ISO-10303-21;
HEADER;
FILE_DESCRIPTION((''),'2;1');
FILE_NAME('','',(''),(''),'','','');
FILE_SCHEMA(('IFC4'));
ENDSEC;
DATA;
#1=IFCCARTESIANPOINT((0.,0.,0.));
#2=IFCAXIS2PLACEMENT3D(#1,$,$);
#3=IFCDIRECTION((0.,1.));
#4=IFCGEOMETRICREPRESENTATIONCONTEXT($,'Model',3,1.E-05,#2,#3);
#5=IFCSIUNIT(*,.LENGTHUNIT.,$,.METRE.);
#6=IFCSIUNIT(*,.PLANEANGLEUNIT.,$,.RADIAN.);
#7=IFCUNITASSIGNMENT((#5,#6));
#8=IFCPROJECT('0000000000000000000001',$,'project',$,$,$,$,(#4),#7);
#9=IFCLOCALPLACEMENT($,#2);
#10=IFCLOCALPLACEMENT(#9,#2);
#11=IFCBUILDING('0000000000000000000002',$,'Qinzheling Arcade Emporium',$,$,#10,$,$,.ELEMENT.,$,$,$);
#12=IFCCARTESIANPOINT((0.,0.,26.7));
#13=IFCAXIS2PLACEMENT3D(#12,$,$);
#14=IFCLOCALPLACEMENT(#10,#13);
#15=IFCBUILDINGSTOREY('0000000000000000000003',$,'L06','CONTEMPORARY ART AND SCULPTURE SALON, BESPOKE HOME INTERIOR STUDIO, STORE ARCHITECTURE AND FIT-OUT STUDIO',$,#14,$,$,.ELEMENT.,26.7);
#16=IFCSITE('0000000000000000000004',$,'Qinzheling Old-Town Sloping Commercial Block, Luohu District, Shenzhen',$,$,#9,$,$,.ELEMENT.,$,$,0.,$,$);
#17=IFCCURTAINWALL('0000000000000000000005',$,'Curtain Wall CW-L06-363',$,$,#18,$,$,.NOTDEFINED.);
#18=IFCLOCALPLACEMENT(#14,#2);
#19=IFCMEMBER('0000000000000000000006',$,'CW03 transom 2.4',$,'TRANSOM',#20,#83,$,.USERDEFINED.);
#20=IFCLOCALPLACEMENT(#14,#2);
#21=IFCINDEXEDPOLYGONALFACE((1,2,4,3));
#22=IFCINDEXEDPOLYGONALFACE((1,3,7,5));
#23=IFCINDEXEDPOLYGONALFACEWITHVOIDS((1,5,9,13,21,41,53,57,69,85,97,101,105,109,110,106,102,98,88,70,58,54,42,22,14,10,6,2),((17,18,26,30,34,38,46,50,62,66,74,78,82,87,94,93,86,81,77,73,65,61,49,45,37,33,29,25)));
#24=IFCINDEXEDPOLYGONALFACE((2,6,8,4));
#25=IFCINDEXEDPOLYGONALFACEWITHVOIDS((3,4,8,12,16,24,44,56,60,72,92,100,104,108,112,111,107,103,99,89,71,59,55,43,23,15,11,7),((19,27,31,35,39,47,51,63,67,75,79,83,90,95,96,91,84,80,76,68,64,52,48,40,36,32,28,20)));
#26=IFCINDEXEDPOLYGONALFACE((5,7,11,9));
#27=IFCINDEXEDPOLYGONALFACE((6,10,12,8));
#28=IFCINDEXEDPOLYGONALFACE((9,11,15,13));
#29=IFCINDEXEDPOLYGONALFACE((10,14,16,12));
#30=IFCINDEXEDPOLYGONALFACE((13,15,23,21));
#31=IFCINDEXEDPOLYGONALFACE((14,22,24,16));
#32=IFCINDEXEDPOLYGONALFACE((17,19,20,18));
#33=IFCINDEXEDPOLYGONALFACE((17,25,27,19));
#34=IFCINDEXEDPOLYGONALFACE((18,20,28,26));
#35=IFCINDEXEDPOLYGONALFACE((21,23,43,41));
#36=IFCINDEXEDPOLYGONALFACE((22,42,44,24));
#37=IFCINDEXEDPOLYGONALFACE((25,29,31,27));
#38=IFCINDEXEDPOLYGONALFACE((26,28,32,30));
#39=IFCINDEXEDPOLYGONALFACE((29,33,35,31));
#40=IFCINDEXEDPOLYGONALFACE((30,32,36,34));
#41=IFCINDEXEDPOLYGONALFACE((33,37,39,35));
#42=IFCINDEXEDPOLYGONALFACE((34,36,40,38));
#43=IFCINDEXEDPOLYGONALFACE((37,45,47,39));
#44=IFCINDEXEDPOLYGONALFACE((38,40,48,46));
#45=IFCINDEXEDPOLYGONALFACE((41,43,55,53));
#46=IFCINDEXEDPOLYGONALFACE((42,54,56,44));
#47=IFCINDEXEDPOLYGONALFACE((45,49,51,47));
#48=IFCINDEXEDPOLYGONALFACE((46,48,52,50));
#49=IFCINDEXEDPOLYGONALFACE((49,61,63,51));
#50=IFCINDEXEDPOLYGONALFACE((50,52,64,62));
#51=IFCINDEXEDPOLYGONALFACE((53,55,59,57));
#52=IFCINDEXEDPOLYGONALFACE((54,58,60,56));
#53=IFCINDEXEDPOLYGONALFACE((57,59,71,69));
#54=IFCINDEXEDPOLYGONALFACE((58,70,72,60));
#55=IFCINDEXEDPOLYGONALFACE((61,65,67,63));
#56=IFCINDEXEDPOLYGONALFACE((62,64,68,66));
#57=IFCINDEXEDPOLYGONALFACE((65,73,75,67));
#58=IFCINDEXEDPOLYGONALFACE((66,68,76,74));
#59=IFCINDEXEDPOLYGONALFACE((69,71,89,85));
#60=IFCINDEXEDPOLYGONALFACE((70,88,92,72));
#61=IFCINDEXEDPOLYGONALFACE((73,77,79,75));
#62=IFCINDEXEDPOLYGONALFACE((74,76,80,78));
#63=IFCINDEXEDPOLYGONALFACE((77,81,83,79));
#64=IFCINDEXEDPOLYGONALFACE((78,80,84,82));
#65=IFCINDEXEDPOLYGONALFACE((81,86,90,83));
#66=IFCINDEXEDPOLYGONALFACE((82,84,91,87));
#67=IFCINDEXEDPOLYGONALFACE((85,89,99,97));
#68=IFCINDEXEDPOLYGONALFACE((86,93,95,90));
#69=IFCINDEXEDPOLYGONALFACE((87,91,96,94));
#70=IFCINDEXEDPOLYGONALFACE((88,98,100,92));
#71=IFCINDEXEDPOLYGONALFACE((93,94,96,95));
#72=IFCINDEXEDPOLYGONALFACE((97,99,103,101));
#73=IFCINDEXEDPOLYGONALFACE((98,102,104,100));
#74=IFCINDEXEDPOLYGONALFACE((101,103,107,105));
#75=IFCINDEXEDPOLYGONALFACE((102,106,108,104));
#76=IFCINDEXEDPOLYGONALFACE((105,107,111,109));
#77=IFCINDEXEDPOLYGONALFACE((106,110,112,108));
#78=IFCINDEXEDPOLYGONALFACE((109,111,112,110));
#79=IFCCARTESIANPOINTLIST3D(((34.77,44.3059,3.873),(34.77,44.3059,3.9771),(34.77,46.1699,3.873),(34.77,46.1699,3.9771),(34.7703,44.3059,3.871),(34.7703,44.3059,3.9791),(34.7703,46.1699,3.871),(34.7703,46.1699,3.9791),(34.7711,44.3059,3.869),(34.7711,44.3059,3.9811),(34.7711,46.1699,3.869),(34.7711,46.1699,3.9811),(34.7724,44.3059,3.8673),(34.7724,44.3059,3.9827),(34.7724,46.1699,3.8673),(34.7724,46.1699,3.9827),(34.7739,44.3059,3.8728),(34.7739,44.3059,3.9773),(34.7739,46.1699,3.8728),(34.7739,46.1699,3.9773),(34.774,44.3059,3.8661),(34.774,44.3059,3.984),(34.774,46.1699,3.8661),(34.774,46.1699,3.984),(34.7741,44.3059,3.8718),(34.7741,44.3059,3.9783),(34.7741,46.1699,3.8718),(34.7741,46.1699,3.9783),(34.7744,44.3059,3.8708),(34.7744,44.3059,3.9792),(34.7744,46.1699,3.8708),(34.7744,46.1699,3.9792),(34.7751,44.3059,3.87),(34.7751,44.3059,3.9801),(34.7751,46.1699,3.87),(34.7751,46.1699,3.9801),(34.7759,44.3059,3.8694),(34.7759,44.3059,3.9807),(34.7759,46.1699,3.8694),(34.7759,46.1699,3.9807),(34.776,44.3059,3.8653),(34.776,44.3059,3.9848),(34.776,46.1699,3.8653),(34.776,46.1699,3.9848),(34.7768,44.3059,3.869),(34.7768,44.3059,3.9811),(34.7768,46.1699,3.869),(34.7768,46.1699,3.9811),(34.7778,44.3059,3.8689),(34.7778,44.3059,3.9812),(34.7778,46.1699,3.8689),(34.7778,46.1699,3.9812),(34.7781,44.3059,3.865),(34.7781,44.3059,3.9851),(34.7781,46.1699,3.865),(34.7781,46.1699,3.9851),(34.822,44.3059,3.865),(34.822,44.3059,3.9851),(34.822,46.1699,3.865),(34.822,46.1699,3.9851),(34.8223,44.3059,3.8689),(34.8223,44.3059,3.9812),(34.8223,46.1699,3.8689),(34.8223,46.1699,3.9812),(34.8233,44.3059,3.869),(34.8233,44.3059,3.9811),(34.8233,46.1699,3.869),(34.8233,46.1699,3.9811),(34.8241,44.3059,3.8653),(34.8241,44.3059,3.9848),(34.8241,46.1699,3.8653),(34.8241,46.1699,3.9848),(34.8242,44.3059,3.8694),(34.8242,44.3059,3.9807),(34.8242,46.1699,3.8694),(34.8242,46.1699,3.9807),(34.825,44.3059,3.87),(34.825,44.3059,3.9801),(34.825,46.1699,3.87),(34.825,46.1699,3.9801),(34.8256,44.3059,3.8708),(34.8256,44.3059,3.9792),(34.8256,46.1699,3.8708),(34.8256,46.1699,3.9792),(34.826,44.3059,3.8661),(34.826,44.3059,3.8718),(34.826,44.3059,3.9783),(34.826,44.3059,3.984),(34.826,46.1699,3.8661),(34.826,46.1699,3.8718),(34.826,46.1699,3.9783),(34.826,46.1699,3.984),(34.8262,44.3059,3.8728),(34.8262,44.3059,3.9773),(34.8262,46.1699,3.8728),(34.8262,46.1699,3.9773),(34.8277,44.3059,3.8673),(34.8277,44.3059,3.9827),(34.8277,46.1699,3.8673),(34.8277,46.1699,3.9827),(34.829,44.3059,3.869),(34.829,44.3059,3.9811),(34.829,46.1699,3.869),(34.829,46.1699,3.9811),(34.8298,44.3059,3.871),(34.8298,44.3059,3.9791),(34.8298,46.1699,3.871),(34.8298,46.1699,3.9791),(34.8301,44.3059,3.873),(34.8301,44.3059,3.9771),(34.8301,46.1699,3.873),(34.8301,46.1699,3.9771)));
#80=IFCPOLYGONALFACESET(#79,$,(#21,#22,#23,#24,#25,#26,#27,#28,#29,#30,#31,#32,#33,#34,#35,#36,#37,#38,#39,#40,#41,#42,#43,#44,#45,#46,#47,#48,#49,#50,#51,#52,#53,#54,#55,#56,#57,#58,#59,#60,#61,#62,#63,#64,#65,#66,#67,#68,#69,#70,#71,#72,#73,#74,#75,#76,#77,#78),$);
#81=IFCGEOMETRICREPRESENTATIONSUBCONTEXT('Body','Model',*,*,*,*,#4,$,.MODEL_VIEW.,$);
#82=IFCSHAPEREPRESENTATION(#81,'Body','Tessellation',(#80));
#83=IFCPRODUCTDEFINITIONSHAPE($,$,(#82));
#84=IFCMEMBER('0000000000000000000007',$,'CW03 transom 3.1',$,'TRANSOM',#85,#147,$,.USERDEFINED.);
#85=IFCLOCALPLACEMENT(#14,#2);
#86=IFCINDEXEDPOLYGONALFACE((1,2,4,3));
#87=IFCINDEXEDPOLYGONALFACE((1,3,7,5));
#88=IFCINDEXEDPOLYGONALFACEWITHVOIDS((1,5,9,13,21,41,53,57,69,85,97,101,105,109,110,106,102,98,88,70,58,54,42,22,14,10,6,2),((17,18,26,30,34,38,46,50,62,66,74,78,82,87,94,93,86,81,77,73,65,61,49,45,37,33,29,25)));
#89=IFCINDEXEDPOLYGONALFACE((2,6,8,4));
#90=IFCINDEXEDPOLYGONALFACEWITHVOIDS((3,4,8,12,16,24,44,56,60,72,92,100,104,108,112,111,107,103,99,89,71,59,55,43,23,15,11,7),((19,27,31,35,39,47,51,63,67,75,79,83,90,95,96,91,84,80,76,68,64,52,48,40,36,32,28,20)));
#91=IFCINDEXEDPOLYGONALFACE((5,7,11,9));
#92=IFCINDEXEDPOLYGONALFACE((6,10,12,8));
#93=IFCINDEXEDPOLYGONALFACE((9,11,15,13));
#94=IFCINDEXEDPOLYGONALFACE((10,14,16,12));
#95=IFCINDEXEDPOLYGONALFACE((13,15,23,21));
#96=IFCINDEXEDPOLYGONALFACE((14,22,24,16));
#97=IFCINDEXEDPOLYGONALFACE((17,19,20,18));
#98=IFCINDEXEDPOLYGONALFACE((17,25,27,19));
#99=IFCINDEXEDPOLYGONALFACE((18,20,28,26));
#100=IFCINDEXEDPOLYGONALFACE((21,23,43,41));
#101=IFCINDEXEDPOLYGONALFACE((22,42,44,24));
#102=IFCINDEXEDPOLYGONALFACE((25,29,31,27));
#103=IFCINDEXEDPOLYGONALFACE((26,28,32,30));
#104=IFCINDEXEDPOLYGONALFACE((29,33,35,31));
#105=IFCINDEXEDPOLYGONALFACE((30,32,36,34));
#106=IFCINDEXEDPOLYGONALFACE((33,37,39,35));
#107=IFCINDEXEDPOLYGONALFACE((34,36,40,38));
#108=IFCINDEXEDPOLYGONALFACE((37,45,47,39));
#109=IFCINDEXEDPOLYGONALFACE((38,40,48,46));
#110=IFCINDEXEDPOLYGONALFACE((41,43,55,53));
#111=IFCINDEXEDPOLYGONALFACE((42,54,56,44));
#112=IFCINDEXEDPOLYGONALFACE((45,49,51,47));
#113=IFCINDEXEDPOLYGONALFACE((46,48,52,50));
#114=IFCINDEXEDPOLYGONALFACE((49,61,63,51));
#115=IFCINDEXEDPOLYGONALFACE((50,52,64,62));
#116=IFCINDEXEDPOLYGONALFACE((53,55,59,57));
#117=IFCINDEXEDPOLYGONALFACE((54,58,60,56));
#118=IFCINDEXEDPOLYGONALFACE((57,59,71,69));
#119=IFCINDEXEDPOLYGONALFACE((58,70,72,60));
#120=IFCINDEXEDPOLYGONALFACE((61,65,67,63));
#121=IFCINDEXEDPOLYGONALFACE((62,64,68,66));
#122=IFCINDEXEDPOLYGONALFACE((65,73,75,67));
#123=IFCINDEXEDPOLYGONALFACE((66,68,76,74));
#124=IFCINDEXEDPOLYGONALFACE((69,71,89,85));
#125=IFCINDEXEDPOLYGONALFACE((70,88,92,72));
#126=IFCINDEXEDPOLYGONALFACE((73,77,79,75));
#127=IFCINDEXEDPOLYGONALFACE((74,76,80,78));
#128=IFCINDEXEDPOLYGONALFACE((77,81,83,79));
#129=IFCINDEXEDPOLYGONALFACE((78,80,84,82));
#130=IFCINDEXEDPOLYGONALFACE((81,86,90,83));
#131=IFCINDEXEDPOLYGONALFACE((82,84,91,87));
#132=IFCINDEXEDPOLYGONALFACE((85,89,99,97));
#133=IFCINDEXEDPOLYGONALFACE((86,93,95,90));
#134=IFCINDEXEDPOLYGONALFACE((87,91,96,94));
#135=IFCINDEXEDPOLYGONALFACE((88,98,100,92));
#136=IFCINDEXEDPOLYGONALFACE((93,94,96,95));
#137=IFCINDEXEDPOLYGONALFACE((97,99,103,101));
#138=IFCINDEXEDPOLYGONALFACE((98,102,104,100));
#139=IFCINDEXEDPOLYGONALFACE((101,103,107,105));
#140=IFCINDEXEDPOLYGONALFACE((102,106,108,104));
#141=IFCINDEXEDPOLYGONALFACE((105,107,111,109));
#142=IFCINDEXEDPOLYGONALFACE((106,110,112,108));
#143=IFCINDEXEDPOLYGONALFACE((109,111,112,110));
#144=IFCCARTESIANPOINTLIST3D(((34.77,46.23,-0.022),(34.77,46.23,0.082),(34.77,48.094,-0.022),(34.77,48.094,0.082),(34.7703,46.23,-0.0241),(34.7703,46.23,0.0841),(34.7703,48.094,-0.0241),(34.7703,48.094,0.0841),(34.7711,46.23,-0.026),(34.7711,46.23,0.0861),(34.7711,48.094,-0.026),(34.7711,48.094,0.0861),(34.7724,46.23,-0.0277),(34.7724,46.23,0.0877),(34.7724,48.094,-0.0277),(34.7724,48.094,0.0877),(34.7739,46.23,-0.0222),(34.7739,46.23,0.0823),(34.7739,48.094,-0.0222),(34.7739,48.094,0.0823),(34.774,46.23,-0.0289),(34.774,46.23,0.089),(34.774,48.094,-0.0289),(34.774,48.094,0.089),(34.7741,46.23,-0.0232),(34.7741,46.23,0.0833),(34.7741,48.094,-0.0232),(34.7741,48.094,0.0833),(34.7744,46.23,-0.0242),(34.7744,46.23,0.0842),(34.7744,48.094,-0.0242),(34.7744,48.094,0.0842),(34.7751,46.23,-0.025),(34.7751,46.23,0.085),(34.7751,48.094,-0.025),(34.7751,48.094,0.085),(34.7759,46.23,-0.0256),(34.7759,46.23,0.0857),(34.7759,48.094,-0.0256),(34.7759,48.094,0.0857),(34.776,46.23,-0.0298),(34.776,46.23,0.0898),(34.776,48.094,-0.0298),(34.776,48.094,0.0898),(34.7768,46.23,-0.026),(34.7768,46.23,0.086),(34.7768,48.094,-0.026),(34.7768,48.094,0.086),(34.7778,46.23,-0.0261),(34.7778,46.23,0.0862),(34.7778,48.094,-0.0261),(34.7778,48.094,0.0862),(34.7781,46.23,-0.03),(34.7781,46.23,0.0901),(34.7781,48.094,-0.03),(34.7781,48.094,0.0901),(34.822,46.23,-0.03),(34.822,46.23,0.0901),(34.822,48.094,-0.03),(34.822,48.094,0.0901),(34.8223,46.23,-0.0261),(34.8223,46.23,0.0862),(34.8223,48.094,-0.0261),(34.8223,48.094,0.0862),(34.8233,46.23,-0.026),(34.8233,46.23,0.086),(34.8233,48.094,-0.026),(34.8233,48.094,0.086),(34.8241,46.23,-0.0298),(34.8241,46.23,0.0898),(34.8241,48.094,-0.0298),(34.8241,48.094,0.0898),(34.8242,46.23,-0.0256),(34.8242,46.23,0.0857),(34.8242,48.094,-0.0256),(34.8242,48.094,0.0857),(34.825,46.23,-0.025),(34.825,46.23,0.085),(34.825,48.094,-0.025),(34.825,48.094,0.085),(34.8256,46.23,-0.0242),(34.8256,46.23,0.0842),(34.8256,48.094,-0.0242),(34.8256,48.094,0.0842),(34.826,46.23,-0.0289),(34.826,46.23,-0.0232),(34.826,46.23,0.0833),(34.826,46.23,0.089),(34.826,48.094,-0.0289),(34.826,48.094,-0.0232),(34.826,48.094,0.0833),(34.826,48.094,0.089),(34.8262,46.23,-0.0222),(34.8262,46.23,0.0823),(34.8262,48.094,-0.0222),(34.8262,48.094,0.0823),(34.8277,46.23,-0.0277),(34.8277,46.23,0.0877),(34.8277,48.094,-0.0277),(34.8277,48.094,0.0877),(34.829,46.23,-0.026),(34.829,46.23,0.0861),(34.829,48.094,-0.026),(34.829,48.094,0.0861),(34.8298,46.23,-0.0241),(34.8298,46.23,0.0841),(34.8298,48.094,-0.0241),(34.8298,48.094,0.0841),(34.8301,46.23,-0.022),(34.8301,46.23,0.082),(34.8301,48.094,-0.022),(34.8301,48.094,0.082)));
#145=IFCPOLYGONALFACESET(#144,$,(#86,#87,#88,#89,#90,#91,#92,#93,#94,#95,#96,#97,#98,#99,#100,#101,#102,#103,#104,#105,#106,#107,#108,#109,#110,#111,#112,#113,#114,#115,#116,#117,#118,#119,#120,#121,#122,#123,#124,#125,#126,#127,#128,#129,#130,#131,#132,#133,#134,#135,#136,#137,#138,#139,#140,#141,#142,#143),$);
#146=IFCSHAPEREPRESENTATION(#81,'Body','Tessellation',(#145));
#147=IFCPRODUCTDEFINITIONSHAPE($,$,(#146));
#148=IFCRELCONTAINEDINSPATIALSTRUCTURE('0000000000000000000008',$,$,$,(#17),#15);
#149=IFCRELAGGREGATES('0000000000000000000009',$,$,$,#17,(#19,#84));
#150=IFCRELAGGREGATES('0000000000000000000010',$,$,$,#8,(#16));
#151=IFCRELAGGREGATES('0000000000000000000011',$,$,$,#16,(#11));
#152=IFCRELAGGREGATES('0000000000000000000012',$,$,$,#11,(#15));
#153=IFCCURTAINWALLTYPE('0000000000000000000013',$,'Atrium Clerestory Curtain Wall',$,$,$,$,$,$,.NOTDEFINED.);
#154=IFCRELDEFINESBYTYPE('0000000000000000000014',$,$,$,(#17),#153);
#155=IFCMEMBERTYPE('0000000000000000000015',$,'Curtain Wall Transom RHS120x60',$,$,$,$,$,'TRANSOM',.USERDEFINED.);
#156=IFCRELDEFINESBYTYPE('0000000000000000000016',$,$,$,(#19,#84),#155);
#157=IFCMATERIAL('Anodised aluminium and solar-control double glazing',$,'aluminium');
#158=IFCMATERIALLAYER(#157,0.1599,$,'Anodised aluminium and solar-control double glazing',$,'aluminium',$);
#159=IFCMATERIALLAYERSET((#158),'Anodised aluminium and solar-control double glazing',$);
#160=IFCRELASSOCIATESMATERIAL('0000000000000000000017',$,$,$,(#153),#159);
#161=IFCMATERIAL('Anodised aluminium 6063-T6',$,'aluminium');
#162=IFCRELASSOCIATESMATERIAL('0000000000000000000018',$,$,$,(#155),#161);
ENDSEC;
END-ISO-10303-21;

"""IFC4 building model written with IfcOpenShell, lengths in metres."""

from ifc_helpers import new_model, si_unit, direction, frame, origin, origin_2d, place, context, subcontext, project, spatial, hollow_rectangle, extrude, material, layer, layer_set, material_profile, profile_set, type_object, element, aggregate, save


model = new_model("IFC4")

# Units and contexts
model_context = context("Model", 3, precision=1e-05, world=origin(), true_north=direction((0.0, 1.0)))
body_context = subcontext(model_context, "Body", "Model", "MODEL_VIEW")
ifc_project = project(units=[si_unit("LENGTHUNIT", "METRE"), si_unit("PLANEANGLEUNIT", "RADIAN")], contexts=[model_context])

# Site, building, storey
site_placement = place(None, origin())
site = spatial("IfcSite", under=ifc_project, at=site_placement, Name="Qinzheling Old-Town Sloping Commercial Block, Luohu District, Shenzhen", CompositionType="ELEMENT", RefElevation=0.0)
building_placement = place(site_placement, origin())
building = spatial("IfcBuilding", under=site, at=building_placement, Name="Qinzheling Arcade Emporium", CompositionType="ELEMENT")
storey_placement = place(building_placement, frame((0.0, 0.0, 26.7)))
storey = spatial("IfcBuildingStorey", under=building, at=storey_placement, Name="L06", Description="CONTEMPORARY ART AND SCULPTURE SALON, BESPOKE HOME INTERIOR STUDIO, STORE ARCHITECTURE AND FIT-OUT STUDIO", CompositionType="ELEMENT", Elevation=26.7)

# Curtain wall, members
ifc_material_1 = material(Name="Anodised aluminium and solar-control double glazing", Category="aluminium")
ifc_layer_1 = layer(ifc_material_1, 0.1599, Name="Anodised aluminium and solar-control double glazing", Category="aluminium")
ifc_layer_set_1 = layer_set([ifc_layer_1], Name="Anodised aluminium and solar-control double glazing")
curtain_wall_type = type_object("IfcCurtainWallType", Name="Atrium Clerestory Curtain Wall", PredefinedType="NOTDEFINED", material=ifc_layer_set_1)
curtain_wall_placement = place(storey_placement, origin())
curtain_wall = element("IfcCurtainWall", 1, at=curtain_wall_placement, inside=storey, type_object=curtain_wall_type, Name="Curtain Wall CW-L06-363", PredefinedType="NOTDEFINED")
ifc_material_2 = material(Name="Anodised aluminium 6063-T6", Category="aluminium")
ifc_material_profile_1 = material_profile(ifc_material_2, hollow_rectangle(XDim=0.0601, YDim=0.1201, WallThickness=0.0039, InnerFilletRadius=0.0039, OuterFilletRadius=0.0081, at=origin_2d()), Name="RHS 120x60x4", Category="aluminium")
ifc_profile_set_1 = profile_set([ifc_material_profile_1], Name="Anodised aluminium 6063-T6")
member_type_1 = type_object("IfcMemberType", Name="Curtain Wall Transom RHS120x60", ElementType="TRANSOM", PredefinedType="USERDEFINED", material=ifc_profile_set_1)
member_1_placement = place(storey_placement, frame((34.8, 44.3059, 3.925), z_axis=(0.0, 1.0, 0.0), x_axis=(-1.0, 0.0, 0.0)))
member_1 = element("IfcMember", 2, at=member_1_placement, type_object=member_type_1, Name="CW03 transom 2.4", ObjectType="TRANSOM", PredefinedType="USERDEFINED", context=body_context, shape_type="SweptSolid", body=[
    extrude(hollow_rectangle(XDim=0.0601, YDim=0.1201, WallThickness=0.0039, InnerFilletRadius=0.0039, OuterFilletRadius=0.0081, at=origin_2d()), origin(), (0.0, 0.0, 1.0), 1.864),
])
member_2_placement = place(storey_placement, frame((34.8, 46.23, 0.03), z_axis=(0.0, 1.0, 0.0), x_axis=(-1.0, 0.0, 0.0)))
member_2 = element("IfcMember", 3, at=member_2_placement, type_object=member_type_1, Name="CW03 transom 3.1", ObjectType="TRANSOM", PredefinedType="USERDEFINED", context=body_context, shape_type="SweptSolid", body=[
    extrude(hollow_rectangle(XDim=0.0601, YDim=0.1201, WallThickness=0.0039, InnerFilletRadius=0.0039, OuterFilletRadius=0.0081, at=origin_2d()), origin(), (0.0, 0.0, 1.0), 1.864),
])
aggregate(curtain_wall, [member_1, member_2])

save(model, "model.ifc")
